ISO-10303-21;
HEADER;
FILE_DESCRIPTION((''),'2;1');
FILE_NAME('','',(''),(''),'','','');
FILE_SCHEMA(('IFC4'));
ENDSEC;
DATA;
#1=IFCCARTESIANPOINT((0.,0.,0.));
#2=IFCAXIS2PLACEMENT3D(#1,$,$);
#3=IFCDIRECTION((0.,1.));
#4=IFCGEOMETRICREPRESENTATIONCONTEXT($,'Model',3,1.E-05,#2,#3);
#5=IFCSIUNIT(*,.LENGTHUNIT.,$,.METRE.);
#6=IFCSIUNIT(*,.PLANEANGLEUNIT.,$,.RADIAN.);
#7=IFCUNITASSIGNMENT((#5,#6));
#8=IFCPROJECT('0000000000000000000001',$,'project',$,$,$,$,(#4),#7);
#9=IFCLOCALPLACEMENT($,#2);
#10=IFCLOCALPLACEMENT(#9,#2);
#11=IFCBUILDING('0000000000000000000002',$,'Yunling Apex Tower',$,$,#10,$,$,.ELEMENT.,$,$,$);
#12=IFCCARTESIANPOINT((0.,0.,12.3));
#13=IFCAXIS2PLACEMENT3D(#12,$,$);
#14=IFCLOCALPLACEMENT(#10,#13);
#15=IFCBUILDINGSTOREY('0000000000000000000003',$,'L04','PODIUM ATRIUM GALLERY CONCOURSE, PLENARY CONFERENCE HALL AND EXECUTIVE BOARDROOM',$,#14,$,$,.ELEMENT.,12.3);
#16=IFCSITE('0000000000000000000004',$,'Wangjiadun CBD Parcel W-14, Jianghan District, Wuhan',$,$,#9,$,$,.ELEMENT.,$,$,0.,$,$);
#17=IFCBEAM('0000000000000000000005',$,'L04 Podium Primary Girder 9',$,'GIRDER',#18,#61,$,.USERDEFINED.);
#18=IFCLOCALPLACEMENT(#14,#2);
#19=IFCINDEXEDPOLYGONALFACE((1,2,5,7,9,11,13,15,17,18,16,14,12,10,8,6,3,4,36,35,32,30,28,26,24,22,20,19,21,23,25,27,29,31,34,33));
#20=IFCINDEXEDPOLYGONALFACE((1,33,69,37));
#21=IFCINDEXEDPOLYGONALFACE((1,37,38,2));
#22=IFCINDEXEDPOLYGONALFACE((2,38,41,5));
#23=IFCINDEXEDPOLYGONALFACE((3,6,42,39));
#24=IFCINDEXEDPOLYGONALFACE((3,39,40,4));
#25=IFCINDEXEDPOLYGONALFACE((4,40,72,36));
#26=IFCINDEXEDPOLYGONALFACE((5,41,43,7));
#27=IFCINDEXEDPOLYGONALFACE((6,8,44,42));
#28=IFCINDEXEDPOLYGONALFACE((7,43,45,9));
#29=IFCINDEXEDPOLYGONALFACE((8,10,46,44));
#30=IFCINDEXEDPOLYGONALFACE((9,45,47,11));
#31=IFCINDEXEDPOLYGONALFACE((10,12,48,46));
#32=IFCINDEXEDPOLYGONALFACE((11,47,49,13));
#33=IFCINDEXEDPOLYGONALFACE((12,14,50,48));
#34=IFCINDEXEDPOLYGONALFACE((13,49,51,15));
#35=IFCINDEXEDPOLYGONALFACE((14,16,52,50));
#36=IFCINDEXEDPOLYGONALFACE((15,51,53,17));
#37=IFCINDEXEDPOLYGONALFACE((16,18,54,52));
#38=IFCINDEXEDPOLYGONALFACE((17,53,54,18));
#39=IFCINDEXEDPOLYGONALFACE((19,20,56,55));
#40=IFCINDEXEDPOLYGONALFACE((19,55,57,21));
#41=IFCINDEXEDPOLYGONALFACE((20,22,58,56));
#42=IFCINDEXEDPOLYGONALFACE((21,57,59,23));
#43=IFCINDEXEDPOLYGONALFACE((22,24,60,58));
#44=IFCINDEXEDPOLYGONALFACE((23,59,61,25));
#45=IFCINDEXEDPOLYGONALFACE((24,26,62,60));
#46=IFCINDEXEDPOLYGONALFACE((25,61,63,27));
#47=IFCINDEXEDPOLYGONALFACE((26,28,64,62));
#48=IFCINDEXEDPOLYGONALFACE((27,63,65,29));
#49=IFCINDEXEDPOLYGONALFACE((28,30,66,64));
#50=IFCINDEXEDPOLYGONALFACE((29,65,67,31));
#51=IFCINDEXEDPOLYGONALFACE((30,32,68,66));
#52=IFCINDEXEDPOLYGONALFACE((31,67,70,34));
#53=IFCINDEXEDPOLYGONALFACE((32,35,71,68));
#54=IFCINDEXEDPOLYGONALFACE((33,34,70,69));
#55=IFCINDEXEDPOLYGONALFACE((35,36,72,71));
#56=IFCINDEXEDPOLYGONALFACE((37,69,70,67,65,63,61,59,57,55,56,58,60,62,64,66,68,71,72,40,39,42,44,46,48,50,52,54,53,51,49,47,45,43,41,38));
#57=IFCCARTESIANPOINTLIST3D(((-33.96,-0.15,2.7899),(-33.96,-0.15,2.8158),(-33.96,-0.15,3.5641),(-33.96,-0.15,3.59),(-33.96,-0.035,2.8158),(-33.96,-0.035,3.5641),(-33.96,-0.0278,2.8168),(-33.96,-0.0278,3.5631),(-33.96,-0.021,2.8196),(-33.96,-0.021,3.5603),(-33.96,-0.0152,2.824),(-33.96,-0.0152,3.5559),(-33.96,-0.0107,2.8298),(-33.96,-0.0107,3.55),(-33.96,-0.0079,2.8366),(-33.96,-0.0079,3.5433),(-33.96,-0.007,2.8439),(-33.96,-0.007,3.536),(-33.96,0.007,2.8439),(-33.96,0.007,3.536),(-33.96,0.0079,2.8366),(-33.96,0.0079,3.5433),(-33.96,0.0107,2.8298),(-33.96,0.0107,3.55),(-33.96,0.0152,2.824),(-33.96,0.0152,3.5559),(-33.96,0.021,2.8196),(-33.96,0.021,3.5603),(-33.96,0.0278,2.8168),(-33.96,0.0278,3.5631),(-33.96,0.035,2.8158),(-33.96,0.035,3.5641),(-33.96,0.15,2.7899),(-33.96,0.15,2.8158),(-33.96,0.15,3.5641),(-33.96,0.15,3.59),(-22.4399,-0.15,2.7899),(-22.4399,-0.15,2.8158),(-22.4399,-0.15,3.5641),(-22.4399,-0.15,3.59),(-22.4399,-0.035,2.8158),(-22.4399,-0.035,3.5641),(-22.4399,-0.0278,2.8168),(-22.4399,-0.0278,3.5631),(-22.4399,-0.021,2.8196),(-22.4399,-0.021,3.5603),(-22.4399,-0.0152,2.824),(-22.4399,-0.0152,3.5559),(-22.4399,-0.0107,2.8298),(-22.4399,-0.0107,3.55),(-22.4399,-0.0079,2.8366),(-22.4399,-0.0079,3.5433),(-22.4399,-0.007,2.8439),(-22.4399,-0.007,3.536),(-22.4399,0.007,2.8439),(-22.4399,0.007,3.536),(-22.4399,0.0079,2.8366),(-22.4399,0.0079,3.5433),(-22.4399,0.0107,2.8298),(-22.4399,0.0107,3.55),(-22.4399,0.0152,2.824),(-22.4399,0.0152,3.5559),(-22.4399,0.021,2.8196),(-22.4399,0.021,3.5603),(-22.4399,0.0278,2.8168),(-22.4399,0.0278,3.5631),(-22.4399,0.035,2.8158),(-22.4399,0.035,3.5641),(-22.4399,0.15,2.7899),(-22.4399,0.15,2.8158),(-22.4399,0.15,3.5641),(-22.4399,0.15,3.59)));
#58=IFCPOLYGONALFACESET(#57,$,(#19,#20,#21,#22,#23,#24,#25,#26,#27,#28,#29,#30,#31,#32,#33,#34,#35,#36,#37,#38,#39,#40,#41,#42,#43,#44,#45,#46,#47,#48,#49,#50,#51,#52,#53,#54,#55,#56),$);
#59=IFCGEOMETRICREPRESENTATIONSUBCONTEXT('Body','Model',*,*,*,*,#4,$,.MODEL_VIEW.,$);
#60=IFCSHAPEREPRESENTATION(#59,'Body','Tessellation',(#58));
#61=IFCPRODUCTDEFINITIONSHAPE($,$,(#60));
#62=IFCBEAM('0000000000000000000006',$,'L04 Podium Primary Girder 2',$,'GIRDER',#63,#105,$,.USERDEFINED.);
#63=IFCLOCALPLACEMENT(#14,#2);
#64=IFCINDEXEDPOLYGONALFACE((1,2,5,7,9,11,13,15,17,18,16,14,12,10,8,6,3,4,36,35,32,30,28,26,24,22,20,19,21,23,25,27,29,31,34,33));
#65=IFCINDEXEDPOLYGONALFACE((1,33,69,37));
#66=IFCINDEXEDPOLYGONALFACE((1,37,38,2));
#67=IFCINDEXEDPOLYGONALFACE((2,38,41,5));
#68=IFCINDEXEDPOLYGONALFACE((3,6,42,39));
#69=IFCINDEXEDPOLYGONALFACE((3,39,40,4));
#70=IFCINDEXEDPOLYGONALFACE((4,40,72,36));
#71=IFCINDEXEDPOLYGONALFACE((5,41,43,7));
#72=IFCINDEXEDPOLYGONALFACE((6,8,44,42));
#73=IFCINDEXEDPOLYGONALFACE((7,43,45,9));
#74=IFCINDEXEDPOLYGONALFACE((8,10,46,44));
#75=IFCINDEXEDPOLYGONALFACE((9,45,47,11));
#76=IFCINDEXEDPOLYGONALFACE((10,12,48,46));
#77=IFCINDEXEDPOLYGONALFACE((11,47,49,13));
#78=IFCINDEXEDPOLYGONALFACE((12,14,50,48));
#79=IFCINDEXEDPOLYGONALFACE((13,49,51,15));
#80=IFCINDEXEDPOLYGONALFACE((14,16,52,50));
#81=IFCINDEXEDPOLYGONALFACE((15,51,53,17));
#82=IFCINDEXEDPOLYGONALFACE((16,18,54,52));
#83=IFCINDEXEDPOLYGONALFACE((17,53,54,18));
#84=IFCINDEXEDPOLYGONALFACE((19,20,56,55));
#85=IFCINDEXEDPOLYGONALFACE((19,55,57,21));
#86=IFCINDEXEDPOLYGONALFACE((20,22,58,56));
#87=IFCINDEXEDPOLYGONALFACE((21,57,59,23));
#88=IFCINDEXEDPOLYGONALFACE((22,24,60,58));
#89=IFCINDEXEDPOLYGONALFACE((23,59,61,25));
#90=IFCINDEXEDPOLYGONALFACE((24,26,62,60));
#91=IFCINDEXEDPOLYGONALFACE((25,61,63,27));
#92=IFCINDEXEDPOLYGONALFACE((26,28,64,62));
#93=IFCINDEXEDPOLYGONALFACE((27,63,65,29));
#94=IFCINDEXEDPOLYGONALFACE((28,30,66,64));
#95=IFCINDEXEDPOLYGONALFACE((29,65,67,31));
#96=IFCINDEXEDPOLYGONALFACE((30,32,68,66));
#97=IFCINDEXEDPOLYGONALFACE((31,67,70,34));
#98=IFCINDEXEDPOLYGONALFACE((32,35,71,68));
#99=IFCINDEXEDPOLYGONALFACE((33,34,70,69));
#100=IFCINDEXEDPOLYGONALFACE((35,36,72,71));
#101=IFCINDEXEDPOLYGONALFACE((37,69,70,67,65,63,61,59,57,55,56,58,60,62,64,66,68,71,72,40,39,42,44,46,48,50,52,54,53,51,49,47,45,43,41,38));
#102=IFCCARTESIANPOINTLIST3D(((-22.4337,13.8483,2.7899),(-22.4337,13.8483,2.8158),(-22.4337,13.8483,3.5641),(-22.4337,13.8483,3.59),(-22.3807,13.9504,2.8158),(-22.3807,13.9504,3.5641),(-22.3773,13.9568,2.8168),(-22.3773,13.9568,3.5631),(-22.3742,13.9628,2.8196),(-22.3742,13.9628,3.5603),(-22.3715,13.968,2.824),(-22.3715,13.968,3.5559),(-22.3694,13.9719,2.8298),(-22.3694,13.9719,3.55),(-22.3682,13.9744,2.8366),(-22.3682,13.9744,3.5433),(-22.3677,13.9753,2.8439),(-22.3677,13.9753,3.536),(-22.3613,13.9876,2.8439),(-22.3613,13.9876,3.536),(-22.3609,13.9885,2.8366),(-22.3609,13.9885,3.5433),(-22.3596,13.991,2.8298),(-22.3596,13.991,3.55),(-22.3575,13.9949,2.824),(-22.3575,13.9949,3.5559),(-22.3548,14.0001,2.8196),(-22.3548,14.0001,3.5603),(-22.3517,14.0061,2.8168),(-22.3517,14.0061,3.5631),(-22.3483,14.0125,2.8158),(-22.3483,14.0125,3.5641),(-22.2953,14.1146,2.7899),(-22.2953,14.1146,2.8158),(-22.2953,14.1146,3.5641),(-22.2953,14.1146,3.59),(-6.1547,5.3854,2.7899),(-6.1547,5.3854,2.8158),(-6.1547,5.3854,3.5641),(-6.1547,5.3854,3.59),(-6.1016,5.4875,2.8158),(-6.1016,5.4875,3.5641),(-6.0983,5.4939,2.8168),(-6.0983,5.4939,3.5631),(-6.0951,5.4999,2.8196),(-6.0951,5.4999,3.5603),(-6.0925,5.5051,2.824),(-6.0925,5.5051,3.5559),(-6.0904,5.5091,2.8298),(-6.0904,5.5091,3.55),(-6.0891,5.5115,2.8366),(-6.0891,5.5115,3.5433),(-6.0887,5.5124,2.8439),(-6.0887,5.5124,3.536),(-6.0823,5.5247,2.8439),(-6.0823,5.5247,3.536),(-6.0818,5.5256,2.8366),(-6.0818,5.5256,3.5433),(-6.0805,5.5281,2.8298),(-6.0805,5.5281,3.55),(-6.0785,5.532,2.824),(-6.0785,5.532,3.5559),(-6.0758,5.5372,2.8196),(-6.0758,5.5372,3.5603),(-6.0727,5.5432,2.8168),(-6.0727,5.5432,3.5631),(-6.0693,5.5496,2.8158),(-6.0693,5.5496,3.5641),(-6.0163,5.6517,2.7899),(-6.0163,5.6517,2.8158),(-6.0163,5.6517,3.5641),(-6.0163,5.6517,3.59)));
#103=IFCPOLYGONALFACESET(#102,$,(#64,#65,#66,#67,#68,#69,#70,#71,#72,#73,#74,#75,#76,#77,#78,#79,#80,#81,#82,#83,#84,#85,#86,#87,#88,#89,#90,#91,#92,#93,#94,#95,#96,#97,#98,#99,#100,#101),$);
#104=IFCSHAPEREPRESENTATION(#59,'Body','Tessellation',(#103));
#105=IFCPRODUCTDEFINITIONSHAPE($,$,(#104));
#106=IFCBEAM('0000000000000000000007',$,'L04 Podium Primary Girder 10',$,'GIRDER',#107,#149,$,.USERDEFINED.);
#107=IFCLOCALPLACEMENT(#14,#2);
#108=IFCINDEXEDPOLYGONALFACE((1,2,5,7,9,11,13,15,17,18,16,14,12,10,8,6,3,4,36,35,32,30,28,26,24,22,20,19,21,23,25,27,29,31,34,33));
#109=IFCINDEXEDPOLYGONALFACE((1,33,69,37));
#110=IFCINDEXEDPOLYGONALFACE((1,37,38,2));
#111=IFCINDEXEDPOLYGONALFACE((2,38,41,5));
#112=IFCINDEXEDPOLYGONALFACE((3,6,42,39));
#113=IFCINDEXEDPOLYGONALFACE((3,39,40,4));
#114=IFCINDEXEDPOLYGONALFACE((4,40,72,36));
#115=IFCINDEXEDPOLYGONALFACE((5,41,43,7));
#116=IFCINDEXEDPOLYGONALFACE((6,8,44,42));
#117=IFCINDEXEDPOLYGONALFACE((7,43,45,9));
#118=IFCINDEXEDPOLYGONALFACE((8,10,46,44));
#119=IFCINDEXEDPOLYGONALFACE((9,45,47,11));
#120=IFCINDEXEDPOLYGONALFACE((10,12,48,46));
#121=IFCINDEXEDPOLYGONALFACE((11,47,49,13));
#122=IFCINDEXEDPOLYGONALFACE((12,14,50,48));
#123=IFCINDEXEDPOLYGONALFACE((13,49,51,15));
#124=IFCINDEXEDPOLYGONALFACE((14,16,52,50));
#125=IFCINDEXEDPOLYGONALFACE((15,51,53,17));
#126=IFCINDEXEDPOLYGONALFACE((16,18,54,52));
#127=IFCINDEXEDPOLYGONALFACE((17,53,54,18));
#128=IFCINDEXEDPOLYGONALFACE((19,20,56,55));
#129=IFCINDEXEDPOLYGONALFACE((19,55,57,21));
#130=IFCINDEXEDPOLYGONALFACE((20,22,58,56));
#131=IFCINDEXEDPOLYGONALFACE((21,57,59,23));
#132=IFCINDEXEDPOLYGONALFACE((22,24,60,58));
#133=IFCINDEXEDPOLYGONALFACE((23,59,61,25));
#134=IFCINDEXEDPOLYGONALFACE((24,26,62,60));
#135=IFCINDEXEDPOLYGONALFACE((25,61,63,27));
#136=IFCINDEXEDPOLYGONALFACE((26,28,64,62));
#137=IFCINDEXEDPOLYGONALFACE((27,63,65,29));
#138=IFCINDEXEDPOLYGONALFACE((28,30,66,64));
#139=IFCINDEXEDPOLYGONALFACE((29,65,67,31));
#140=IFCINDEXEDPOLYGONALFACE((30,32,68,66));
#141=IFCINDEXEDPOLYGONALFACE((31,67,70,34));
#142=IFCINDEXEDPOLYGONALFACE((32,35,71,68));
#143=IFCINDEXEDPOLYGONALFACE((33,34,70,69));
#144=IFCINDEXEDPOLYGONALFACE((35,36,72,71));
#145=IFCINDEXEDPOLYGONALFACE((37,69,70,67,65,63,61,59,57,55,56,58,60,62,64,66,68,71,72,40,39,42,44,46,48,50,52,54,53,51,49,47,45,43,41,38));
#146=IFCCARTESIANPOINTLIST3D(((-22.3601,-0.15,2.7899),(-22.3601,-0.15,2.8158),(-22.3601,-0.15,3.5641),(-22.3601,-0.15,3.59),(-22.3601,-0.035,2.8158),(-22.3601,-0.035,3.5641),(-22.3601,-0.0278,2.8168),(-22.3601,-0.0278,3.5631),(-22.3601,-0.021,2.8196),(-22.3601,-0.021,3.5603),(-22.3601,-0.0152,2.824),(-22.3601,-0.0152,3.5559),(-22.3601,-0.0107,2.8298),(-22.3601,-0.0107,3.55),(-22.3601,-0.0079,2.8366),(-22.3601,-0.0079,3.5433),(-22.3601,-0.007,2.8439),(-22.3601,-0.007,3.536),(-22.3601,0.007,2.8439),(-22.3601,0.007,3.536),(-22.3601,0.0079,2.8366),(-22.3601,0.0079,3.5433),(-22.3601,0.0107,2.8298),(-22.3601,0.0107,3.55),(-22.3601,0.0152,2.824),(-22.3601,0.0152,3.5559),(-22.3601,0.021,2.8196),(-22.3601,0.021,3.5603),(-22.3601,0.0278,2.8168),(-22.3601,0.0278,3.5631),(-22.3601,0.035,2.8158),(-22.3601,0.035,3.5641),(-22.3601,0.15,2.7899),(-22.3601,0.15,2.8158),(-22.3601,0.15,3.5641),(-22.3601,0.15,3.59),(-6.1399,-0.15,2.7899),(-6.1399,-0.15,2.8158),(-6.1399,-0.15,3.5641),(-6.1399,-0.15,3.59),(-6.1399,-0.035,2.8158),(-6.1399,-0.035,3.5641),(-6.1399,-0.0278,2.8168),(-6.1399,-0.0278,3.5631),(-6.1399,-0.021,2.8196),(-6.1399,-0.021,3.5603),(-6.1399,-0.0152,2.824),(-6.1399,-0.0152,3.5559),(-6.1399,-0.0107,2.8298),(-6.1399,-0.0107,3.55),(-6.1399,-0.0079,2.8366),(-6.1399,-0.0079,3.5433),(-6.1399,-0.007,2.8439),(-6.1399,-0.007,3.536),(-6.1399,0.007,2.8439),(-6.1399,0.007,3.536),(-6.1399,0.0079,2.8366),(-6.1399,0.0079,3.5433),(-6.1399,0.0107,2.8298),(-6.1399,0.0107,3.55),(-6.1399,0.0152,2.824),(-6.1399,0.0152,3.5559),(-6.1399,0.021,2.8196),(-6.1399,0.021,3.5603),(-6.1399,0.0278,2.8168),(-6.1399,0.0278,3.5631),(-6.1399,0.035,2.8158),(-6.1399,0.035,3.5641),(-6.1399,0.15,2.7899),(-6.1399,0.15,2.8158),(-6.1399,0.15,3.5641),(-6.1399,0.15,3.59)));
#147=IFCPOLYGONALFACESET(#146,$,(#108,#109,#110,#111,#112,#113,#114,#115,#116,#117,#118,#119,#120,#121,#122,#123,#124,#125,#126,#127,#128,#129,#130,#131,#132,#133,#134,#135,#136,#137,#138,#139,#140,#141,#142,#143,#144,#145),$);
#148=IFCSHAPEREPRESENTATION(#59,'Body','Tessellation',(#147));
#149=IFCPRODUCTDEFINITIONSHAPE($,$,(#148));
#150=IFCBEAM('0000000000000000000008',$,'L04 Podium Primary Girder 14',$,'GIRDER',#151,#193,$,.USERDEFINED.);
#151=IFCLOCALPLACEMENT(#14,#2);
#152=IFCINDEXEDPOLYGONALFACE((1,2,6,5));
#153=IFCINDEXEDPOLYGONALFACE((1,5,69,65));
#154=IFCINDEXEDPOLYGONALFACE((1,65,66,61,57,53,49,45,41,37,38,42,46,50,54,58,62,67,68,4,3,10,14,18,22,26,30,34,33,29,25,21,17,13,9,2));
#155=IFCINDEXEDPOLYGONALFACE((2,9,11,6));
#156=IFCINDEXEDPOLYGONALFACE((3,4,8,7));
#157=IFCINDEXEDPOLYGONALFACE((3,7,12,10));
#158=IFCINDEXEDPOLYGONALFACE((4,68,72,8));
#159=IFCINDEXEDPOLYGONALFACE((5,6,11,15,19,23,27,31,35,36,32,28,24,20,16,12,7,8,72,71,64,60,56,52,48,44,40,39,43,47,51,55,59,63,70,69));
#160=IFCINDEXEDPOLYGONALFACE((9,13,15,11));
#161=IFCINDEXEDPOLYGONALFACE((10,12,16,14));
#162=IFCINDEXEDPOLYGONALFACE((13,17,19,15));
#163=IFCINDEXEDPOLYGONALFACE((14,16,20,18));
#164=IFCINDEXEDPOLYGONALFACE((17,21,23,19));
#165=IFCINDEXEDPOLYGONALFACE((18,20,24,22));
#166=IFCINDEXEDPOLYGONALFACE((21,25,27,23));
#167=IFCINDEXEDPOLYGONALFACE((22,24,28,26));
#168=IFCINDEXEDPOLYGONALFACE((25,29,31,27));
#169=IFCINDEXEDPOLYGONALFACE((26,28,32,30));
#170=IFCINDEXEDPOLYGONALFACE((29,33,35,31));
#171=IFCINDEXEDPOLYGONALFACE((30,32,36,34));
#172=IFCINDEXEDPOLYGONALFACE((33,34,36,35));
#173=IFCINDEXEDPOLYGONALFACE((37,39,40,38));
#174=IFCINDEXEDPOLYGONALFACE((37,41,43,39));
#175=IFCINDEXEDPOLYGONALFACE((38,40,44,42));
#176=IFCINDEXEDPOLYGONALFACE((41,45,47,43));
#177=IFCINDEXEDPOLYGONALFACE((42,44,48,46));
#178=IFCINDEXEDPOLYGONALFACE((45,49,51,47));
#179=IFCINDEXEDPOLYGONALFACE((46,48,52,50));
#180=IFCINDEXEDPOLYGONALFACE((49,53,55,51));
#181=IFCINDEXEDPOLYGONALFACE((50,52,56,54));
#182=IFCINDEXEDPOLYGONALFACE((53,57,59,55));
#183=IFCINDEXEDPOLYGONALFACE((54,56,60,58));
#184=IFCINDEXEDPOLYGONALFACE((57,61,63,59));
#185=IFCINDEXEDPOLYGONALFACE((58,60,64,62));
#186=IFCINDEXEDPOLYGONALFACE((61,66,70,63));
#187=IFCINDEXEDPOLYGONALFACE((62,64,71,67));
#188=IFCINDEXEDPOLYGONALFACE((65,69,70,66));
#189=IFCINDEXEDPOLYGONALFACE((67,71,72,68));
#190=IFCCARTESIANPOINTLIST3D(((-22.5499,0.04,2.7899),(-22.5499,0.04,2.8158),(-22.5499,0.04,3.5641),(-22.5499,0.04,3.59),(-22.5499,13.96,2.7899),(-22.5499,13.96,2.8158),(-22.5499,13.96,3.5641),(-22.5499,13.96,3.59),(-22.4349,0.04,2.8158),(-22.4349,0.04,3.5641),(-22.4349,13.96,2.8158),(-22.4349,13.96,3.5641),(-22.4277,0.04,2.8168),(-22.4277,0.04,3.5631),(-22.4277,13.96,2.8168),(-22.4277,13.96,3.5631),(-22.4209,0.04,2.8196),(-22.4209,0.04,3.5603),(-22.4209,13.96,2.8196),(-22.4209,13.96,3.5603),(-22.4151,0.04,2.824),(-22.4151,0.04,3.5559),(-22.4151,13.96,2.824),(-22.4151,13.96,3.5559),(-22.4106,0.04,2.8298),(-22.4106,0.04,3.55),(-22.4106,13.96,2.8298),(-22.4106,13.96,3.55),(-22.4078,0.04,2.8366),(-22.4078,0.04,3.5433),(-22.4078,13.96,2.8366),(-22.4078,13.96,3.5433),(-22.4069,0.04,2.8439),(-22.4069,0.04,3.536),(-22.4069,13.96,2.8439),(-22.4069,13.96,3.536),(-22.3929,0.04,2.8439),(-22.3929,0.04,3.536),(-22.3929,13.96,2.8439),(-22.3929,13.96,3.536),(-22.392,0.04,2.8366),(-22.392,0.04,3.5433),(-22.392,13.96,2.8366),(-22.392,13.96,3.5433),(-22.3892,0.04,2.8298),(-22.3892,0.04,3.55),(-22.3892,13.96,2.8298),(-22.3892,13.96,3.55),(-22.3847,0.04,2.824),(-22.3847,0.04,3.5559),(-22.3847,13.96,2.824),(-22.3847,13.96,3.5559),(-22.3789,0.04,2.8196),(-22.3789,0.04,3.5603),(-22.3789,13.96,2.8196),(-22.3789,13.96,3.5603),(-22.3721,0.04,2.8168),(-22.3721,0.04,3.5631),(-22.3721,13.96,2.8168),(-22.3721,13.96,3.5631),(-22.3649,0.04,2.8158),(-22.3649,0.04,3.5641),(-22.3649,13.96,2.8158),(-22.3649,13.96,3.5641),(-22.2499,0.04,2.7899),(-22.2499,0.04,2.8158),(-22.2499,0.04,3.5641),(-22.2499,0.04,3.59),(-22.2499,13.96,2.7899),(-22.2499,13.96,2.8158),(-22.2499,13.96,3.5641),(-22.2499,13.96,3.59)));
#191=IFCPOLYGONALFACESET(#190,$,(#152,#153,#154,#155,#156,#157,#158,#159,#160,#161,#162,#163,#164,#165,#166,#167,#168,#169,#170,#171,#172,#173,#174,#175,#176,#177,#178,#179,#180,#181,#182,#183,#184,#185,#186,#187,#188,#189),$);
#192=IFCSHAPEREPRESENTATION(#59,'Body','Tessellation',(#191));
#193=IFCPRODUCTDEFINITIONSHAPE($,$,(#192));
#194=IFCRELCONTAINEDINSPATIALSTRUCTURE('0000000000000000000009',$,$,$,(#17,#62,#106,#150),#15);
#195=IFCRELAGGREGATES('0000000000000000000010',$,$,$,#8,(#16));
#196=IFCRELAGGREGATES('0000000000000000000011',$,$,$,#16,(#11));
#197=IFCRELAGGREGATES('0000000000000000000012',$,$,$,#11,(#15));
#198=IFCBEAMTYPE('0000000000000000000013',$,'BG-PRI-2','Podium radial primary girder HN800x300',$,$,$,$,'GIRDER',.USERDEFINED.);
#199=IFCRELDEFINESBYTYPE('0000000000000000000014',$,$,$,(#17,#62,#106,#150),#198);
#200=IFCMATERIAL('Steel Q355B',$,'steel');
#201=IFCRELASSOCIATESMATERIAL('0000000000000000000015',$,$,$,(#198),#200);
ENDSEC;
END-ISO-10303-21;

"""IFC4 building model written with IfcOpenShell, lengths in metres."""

from ifc_helpers import new_model, si_unit, direction, frame, origin, origin_2d, place, context, subcontext, project, spatial, i_section, extrude, source, transform, mapped, material, material_profile, profile_set, type_object, element, save


model = new_model("IFC4")

# Units and contexts
model_context = context("Model", 3, precision=1e-05, world=origin(), true_north=direction((0.0, 1.0)))
body_context = subcontext(model_context, "Body", "Model", "MODEL_VIEW")
ifc_project = project(units=[si_unit("LENGTHUNIT", "METRE"), si_unit("PLANEANGLEUNIT", "RADIAN")], contexts=[model_context])

# Site, building, storey
site_placement = place(None, origin())
site = spatial("IfcSite", under=ifc_project, at=site_placement, Name="Wangjiadun CBD Parcel W-14, Jianghan District, Wuhan", CompositionType="ELEMENT", RefElevation=0.0)
building_placement = place(site_placement, origin())
building = spatial("IfcBuilding", under=site, at=building_placement, Name="Yunling Apex Tower", CompositionType="ELEMENT")
storey_placement = place(building_placement, frame((0.0, 0.0, 12.3)))
storey = spatial("IfcBuildingStorey", under=building, at=storey_placement, Name="L04", Description="PODIUM ATRIUM GALLERY CONCOURSE, PLENARY CONFERENCE HALL AND EXECUTIVE BOARDROOM", CompositionType="ELEMENT", Elevation=12.3)

# Beams
ifc_material_1 = material(Name="Steel Q355B", Category="steel")
ifc_material_profile_1 = material_profile(ifc_material_1, i_section(OverallWidth=0.3, OverallDepth=0.8, WebThickness=0.0139, FlangeThickness=0.0259, FilletRadius=0.0281, at=origin_2d()))
ifc_profile_set_1 = profile_set([ifc_material_profile_1], Name="Steel Q355B")
beam_type_1 = type_object("IfcBeamType", Name="BG-PRI-2", Description="Podium radial primary girder HN800x300", ElementType="GIRDER", PredefinedType="USERDEFINED", material=ifc_profile_set_1)
shared_shape_1 = source(origin(), body_context, "Body", "SweptSolid", [
    extrude(i_section(OverallWidth=0.3, OverallDepth=0.8, WebThickness=0.0139, FlangeThickness=0.0259, FilletRadius=0.0281, at=origin_2d()), origin(), (0.0, 0.0, 1.0), 11.52),
])
beam_1_placement = place(storey_placement, frame((-33.96, 0.0, 3.1899), z_axis=(1.0, 0.0, 0.0), x_axis=(0.0, 1.0, 0.0)))
element("IfcBeam", 1, at=beam_1_placement, inside=storey, type_object=beam_type_1, Name="L04 Podium Primary Girder 9", ObjectType="GIRDER", PredefinedType="USERDEFINED", context=body_context, shape_type="MappedRepresentation", body=[
    mapped(shared_shape_1, transform((0.0, 0.0, 0.0), scale=1.0)),
])
shared_shape_2 = source(origin(), body_context, "Body", "SweptSolid", [
    extrude(i_section(OverallWidth=0.3, OverallDepth=0.8, WebThickness=0.0139, FlangeThickness=0.0259, FilletRadius=0.0281, at=origin_2d()), origin(), (0.0, 0.0, 1.0), 18.3474),
])
beam_2_placement = place(storey_placement, frame((-22.3645, 13.9814, 3.1899), z_axis=(0.887266, -0.461258, 0.0), x_axis=(0.461258, 0.887266, 0.0)))
element("IfcBeam", 2, at=beam_2_placement, inside=storey, type_object=beam_type_1, Name="L04 Podium Primary Girder 2", ObjectType="GIRDER", PredefinedType="USERDEFINED", context=body_context, shape_type="MappedRepresentation", body=[
    mapped(shared_shape_2, transform((0.0, 0.0, 0.0), scale=1.0)),
])
shared_shape_3 = source(origin(), body_context, "Body", "SweptSolid", [
    extrude(i_section(OverallWidth=0.3, OverallDepth=0.8, WebThickness=0.0139, FlangeThickness=0.0259, FilletRadius=0.0281, at=origin_2d()), origin(), (0.0, 0.0, 1.0), 16.2202),
])
beam_3_placement = place(storey_placement, frame((-22.3601, 0.0, 3.1899), z_axis=(1.0, 0.0, 0.0), x_axis=(0.0, 1.0, 0.0)))
element("IfcBeam", 3, at=beam_3_placement, inside=storey, type_object=beam_type_1, Name="L04 Podium Primary Girder 10", ObjectType="GIRDER", PredefinedType="USERDEFINED", context=body_context, shape_type="MappedRepresentation", body=[
    mapped(shared_shape_3, transform((0.0, 0.0, 0.0), scale=1.0)),
])
shared_shape_4 = source(origin(), body_context, "Body", "SweptSolid", [
    extrude(i_section(OverallWidth=0.3, OverallDepth=0.8, WebThickness=0.0139, FlangeThickness=0.0259, FilletRadius=0.0281, at=origin_2d()), origin(), (0.0, 0.0, 1.0), 13.9199),
])
for number, where, z_axis, x_axis, name in (
    (4, (-22.3999, 13.96, 3.1899), (0.0, -1.0, 0.0), (1.0, 0.0, 0.0), "L04 Podium Primary Girder 14"),
):
    element("IfcBeam", number, at=place(storey_placement, frame(where, z_axis=z_axis, x_axis=x_axis)), inside=storey, type_object=beam_type_1, Name=name, ObjectType="GIRDER", PredefinedType="USERDEFINED", context=body_context, shape_type="MappedRepresentation", body=[
        mapped(shared_shape_4, transform((0.0, 0.0, 0.0), scale=1.0)),
    ])

save(model, "model.ifc")
